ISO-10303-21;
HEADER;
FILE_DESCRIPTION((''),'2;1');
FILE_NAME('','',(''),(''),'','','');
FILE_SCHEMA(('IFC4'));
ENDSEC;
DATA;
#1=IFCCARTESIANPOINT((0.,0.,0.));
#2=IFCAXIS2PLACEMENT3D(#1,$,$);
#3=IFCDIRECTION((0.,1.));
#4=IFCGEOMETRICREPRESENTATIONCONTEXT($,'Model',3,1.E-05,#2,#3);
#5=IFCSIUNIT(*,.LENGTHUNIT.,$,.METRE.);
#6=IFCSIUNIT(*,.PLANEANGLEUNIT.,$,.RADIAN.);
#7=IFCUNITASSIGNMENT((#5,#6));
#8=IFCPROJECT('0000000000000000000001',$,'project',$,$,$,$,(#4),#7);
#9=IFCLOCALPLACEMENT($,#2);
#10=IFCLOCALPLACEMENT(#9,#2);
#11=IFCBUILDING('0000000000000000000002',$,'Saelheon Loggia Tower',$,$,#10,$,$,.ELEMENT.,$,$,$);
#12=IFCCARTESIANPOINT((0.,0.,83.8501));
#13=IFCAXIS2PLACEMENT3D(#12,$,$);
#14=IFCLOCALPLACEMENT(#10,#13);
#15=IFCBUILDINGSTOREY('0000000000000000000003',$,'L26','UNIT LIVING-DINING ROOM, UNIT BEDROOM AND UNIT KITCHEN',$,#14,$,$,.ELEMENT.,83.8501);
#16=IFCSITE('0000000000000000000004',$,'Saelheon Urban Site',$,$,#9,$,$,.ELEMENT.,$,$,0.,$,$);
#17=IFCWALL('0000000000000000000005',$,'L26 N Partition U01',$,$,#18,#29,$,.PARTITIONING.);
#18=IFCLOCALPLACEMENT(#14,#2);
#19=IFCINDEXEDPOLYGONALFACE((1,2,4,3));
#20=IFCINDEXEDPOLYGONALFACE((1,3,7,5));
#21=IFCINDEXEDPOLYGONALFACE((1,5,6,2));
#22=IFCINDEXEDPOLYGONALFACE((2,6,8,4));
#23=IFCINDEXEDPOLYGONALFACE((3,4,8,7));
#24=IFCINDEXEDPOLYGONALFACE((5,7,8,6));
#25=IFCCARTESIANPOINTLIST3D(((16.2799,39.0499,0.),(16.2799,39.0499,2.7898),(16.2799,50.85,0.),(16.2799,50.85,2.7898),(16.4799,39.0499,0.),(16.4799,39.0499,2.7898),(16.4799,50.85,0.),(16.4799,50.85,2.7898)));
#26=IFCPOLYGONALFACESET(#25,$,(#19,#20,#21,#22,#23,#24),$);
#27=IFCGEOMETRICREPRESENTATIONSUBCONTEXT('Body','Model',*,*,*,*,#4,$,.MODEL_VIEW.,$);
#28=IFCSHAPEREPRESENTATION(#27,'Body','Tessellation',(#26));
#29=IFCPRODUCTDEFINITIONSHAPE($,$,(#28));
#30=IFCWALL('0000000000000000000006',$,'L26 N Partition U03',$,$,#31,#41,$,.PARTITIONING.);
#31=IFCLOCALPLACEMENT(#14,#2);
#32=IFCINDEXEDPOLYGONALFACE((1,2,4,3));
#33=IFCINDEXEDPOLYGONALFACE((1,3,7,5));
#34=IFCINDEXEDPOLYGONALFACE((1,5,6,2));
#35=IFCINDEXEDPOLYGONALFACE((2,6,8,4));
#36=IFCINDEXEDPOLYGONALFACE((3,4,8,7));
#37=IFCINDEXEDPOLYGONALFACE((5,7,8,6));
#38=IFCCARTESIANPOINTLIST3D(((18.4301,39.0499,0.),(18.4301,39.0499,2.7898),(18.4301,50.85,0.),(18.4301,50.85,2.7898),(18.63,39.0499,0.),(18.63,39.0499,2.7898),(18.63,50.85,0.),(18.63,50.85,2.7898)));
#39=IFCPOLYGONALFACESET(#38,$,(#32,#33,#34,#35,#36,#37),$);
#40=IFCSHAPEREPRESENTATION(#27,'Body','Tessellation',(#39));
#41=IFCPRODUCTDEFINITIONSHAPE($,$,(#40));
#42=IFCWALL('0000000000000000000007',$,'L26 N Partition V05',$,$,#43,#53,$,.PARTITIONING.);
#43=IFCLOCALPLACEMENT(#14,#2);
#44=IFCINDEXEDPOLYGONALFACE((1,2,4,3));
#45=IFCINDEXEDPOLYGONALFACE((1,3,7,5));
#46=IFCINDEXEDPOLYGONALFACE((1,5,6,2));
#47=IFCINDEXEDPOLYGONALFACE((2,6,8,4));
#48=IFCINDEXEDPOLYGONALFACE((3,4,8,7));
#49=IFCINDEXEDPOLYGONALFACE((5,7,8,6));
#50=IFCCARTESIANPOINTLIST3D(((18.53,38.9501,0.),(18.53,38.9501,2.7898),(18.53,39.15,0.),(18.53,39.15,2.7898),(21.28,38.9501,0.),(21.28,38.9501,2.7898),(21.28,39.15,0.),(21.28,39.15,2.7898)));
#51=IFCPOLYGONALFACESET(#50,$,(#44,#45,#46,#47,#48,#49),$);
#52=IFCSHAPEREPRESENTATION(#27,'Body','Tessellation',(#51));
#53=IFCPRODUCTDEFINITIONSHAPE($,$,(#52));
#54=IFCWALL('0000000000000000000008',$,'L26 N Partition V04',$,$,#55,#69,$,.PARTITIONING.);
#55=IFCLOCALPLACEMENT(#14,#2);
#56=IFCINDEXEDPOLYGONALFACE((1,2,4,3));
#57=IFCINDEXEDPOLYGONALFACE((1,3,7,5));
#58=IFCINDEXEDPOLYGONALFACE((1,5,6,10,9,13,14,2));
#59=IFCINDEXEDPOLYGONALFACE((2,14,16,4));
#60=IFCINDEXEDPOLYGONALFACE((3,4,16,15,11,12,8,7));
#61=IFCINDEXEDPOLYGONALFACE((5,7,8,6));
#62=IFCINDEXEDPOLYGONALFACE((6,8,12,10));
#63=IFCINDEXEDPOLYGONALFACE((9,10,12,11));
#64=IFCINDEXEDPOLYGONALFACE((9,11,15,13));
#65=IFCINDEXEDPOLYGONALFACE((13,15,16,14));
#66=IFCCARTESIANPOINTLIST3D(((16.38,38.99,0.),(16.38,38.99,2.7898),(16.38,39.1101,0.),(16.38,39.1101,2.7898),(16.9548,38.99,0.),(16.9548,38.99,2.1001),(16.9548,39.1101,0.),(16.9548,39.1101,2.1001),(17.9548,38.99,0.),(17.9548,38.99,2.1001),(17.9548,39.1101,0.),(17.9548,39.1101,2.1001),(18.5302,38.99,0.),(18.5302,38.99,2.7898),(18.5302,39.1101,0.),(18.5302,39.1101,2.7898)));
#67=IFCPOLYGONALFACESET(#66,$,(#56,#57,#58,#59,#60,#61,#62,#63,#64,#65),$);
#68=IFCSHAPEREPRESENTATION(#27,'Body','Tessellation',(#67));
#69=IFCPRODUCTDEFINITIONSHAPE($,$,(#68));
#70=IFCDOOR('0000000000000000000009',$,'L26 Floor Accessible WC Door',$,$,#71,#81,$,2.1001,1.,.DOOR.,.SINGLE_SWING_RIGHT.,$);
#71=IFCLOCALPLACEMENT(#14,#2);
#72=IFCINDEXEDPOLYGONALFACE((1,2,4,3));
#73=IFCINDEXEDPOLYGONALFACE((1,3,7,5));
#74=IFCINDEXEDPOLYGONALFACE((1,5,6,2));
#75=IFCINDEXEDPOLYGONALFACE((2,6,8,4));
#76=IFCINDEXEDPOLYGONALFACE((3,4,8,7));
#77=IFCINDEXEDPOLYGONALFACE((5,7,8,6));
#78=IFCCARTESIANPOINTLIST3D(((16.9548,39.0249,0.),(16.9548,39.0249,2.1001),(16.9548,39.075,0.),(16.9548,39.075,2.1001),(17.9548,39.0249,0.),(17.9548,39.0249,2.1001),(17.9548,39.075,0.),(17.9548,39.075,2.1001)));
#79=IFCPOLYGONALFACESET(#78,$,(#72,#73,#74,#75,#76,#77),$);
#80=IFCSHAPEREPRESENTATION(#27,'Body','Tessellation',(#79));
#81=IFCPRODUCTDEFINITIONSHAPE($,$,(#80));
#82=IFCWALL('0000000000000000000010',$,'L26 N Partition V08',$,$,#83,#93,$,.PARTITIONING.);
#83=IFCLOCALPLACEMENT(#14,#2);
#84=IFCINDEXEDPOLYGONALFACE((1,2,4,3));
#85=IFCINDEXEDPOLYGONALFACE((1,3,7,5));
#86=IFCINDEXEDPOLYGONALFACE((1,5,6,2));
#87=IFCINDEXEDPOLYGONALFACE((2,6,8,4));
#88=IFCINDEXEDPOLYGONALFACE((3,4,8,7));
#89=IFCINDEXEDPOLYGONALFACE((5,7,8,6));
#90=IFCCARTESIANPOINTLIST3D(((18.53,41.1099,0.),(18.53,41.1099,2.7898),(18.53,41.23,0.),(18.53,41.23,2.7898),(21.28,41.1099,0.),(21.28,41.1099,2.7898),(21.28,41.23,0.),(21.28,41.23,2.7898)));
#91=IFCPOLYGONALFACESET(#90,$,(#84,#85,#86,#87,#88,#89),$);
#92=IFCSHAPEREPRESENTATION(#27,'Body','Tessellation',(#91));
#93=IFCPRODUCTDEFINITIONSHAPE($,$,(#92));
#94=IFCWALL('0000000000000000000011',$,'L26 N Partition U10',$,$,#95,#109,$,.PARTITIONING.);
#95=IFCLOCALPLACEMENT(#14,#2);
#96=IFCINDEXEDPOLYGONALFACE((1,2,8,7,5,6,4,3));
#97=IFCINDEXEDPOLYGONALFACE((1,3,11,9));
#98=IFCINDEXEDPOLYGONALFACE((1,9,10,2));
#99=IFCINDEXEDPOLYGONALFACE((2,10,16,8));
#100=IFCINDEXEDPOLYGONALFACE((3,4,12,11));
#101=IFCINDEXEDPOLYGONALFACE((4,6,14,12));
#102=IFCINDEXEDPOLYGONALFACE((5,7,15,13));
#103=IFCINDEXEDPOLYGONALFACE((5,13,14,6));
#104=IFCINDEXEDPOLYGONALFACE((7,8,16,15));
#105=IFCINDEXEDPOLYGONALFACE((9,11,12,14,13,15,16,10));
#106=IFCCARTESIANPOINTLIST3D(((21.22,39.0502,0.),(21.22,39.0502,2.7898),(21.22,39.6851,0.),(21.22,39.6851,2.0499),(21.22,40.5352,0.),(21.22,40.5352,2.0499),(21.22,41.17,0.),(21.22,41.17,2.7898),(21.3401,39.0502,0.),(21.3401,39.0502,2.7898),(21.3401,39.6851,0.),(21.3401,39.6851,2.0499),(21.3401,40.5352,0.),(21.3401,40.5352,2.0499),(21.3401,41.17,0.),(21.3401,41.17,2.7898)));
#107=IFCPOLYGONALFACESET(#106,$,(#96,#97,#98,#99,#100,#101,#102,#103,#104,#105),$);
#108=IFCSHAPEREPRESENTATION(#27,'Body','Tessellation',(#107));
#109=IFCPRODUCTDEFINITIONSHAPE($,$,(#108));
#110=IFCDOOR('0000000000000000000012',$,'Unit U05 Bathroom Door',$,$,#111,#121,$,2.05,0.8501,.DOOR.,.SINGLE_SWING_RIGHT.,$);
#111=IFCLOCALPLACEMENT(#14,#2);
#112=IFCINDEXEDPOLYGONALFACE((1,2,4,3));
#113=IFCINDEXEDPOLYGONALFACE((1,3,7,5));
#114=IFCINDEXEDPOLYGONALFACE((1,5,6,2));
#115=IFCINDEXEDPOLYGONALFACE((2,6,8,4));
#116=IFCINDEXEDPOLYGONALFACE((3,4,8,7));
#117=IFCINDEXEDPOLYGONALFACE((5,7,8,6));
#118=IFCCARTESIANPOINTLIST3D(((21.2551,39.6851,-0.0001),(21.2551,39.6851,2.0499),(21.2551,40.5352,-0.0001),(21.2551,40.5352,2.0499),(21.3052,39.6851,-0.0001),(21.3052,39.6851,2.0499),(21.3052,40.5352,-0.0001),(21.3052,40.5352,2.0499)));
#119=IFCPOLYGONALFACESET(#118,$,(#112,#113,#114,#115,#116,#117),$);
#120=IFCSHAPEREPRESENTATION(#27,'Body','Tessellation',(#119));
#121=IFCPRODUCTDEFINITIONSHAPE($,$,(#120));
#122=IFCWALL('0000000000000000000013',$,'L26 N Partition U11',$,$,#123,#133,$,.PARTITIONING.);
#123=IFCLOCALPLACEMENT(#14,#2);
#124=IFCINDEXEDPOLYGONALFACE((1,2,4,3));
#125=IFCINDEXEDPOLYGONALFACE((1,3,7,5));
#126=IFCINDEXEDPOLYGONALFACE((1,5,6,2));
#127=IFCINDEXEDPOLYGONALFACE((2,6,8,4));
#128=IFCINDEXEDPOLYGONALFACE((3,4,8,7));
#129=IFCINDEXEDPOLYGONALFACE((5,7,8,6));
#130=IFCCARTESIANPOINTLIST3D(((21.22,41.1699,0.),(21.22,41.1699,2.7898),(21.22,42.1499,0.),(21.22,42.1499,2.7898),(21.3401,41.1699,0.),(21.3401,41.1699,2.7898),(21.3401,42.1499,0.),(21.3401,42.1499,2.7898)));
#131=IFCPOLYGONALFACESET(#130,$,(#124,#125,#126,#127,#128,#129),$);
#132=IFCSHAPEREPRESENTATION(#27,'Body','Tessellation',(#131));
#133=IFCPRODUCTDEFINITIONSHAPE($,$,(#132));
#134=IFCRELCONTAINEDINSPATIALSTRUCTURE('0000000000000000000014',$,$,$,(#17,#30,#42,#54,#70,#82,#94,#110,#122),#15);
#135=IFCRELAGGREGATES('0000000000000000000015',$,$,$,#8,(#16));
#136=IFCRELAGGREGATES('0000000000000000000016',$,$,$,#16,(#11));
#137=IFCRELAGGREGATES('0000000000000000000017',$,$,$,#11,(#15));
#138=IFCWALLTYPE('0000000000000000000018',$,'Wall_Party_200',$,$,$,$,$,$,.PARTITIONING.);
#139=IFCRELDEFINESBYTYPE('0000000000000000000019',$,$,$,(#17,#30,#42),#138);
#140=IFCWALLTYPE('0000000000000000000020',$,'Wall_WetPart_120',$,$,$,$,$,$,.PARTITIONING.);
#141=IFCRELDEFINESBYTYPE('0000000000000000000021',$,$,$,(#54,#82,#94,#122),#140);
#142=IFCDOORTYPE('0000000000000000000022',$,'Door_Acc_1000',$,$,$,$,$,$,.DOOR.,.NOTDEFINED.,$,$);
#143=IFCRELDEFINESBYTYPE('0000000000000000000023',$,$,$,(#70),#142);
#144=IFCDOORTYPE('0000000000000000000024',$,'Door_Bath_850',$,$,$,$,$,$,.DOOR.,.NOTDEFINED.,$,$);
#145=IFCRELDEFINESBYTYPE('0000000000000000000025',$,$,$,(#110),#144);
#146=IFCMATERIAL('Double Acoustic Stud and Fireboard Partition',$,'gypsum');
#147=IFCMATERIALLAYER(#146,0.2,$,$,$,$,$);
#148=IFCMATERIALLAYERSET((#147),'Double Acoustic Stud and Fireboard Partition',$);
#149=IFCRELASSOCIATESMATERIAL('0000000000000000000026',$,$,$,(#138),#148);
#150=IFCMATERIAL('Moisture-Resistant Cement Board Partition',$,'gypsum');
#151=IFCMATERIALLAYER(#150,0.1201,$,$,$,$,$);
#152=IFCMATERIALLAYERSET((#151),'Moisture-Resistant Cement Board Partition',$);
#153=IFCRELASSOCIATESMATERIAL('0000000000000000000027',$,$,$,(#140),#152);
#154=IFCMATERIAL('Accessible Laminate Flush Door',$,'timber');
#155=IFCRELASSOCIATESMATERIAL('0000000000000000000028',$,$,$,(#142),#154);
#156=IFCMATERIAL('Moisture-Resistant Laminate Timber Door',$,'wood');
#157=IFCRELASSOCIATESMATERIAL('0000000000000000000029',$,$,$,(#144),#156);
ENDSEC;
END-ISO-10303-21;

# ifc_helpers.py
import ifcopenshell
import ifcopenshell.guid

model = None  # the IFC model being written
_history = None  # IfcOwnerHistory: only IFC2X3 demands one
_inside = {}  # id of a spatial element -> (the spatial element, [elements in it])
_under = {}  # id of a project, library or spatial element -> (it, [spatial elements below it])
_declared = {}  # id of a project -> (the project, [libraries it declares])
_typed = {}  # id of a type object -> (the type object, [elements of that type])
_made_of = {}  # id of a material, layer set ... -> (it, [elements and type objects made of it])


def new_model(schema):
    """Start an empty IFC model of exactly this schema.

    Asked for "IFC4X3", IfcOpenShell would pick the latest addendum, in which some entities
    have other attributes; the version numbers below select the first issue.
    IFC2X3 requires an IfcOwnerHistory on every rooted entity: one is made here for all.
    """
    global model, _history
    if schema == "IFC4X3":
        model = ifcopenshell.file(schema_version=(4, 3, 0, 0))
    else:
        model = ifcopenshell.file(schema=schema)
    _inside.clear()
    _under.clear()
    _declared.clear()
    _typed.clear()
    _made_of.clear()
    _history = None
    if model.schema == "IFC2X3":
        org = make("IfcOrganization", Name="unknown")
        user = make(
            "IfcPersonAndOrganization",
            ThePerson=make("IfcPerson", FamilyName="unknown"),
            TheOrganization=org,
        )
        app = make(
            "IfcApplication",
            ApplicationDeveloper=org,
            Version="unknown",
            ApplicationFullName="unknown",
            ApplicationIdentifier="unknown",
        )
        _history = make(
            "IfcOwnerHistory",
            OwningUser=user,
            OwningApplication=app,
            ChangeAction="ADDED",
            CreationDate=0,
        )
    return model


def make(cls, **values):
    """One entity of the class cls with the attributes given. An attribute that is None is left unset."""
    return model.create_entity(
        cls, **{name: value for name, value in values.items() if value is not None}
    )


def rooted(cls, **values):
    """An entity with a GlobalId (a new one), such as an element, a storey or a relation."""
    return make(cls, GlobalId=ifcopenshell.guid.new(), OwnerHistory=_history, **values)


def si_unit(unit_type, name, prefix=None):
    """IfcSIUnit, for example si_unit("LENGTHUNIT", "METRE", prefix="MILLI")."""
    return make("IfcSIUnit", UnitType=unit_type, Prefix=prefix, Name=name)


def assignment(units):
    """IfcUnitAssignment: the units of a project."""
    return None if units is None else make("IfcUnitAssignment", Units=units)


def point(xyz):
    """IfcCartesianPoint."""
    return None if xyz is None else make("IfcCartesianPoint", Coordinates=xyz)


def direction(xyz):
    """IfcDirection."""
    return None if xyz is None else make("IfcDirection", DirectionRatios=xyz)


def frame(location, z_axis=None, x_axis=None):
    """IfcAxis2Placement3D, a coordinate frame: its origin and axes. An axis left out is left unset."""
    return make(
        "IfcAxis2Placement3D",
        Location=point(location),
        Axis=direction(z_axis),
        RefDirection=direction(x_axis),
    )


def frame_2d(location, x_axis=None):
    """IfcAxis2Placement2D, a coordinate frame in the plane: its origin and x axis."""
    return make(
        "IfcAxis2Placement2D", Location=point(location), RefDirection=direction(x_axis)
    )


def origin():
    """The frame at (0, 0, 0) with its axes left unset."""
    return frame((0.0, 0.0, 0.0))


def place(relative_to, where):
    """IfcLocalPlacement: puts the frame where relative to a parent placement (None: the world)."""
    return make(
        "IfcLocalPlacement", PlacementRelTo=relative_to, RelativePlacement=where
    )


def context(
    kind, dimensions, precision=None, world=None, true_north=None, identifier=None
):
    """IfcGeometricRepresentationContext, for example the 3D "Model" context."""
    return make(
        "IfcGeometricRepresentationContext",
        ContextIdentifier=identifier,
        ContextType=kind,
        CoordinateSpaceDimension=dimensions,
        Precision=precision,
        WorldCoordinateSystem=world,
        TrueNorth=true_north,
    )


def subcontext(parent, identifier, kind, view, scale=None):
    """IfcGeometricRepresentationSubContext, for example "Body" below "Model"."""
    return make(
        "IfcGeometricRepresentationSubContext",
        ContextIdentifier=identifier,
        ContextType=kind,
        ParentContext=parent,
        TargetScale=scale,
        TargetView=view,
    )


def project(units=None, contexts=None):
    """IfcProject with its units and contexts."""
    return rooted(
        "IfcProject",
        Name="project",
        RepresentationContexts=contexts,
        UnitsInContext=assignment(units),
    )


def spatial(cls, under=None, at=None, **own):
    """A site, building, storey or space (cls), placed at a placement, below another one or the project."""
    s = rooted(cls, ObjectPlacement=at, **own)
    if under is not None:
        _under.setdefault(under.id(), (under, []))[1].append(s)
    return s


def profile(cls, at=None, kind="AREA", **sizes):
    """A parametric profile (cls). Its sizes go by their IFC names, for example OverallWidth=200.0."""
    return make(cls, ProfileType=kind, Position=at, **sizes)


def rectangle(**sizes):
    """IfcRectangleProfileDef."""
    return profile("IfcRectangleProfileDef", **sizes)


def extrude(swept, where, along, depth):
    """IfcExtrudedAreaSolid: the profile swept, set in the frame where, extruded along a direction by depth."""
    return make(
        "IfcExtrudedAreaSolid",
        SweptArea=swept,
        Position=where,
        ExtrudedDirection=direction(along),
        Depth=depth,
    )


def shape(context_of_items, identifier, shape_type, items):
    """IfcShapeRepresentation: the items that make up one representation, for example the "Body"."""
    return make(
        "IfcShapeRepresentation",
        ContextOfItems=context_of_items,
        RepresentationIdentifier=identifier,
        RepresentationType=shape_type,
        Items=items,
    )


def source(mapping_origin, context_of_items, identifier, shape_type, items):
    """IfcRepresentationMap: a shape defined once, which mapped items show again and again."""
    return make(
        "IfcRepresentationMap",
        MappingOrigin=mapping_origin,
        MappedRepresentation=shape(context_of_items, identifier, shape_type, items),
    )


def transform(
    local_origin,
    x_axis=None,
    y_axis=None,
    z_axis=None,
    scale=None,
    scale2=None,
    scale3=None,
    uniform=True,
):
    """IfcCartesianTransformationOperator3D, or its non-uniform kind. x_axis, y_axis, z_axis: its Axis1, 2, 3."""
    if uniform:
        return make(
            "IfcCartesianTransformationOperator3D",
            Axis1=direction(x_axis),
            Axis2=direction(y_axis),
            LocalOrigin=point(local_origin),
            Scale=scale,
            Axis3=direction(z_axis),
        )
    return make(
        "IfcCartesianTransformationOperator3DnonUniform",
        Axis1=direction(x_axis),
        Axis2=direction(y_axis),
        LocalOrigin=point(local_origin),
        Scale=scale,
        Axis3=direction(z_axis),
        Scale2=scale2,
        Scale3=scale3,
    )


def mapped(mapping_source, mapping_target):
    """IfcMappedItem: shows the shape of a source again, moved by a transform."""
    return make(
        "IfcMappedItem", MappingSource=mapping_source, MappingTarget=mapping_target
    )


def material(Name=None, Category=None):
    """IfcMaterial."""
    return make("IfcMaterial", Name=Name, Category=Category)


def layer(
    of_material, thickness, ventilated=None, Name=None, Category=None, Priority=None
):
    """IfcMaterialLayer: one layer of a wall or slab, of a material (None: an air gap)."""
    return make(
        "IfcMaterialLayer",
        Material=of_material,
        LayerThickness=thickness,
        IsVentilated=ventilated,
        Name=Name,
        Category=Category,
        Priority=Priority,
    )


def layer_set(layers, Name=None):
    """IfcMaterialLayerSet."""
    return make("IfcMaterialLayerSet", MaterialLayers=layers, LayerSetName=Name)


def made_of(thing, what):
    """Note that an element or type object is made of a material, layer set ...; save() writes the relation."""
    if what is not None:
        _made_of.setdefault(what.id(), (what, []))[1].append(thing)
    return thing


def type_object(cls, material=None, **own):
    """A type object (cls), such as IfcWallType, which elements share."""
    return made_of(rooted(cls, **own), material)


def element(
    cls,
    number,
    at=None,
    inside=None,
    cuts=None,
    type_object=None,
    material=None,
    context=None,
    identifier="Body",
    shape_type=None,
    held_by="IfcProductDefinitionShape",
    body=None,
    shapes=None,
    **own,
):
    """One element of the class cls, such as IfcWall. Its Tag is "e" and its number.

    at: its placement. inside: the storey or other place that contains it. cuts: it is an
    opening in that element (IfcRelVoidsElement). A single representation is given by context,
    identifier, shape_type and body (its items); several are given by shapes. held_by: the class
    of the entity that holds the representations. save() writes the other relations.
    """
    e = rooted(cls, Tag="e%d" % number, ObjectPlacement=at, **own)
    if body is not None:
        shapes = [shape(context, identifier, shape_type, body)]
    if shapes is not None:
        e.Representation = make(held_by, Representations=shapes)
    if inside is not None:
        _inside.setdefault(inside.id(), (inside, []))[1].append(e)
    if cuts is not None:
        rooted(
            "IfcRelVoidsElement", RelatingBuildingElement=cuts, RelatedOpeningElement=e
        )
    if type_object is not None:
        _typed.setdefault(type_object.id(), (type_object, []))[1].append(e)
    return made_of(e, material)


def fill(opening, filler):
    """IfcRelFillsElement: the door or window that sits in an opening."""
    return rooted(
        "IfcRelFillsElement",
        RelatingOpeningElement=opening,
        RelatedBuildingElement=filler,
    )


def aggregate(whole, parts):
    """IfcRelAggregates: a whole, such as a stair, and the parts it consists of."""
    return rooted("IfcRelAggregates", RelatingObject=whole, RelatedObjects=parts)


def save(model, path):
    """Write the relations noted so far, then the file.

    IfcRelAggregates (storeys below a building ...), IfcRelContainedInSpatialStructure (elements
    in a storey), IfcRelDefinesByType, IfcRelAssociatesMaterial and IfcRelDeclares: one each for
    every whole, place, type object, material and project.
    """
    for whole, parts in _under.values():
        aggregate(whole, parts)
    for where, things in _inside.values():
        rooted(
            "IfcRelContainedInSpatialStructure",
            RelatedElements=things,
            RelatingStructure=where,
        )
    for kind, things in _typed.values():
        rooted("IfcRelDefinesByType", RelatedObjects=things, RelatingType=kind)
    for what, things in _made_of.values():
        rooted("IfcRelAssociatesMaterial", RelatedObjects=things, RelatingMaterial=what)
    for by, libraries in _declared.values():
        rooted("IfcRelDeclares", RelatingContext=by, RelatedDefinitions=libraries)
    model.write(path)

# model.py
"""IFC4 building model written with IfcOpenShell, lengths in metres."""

from ifc_helpers import new_model, si_unit, direction, frame, frame_2d, origin, place, context, subcontext, project, spatial, rectangle, extrude, source, transform, mapped, material, layer, layer_set, type_object, element, fill, save


model = new_model("IFC4")

# Units and contexts
model_context = context("Model", 3, precision=1e-05, world=origin(), true_north=direction((0.0, 1.0)))
body_context = subcontext(model_context, "Body", "Model", "MODEL_VIEW")
ifc_project = project(units=[si_unit("LENGTHUNIT", "METRE"), si_unit("PLANEANGLEUNIT", "RADIAN")], contexts=[model_context])

# Site, building, storey
site_placement = place(None, origin())
site = spatial("IfcSite", under=ifc_project, at=site_placement, Name="Saelheon Urban Site", CompositionType="ELEMENT", RefElevation=0.0)
building_placement = place(site_placement, origin())
building = spatial("IfcBuilding", under=site, at=building_placement, Name="Saelheon Loggia Tower", CompositionType="ELEMENT")
storey_placement = place(building_placement, frame((0.0, 0.0, 83.8501)))
storey = spatial("IfcBuildingStorey", under=building, at=storey_placement, Name="L26", Description="UNIT LIVING-DINING ROOM, UNIT BEDROOM AND UNIT KITCHEN", CompositionType="ELEMENT", Elevation=83.8501)

# Walls
ifc_material_1 = material(Name="Double Acoustic Stud and Fireboard Partition", Category="gypsum")
ifc_layer_1 = layer(ifc_material_1, 0.2)
ifc_layer_set_1 = layer_set([ifc_layer_1], Name="Double Acoustic Stud and Fireboard Partition")
wall_type_1 = type_object("IfcWallType", Name="Wall_Party_200", PredefinedType="PARTITIONING", material=ifc_layer_set_1)
for number, where, z_axis, x_axis, name in (
    (1, (16.3799, 39.05, 0.0), (0.0, 0.0, 1.0), (0.0, 1.0, 0.0), "L26 N Partition U01"),
    (2, (18.53, 39.05, 0.0), (0.0, 0.0, 1.0), (0.0, 1.0, 0.0), "L26 N Partition U03"),
):
    element("IfcWall", number, at=place(storey_placement, frame(where, z_axis=z_axis, x_axis=x_axis)), inside=storey, type_object=wall_type_1, Name=name, PredefinedType="PARTITIONING", context=body_context, shape_type="SweptSolid", body=[
        extrude(rectangle(XDim=11.8, YDim=0.2, at=frame_2d((5.8999, 0.0))), origin(), (0.0, 0.0, 1.0), 2.7898),
    ])
wall_1_placement = place(storey_placement, frame((18.53, 39.05, 0.0), z_axis=(0.0, 0.0, 1.0), x_axis=(1.0, 0.0, 0.0)))
element("IfcWall", 3, at=wall_1_placement, inside=storey, type_object=wall_type_1, Name="L26 N Partition V05", PredefinedType="PARTITIONING", context=body_context, shape_type="SweptSolid", body=[
    extrude(rectangle(XDim=2.75, YDim=0.2, at=frame_2d((1.375, 0.0))), origin(), (0.0, 0.0, 1.0), 2.7898),
])

# Wall, opening, door
ifc_material_2 = material(Name="Moisture-Resistant Cement Board Partition", Category="gypsum")
ifc_layer_2 = layer(ifc_material_2, 0.1201)
ifc_layer_set_2 = layer_set([ifc_layer_2], Name="Moisture-Resistant Cement Board Partition")
wall_type_2 = type_object("IfcWallType", Name="Wall_WetPart_120", PredefinedType="PARTITIONING", material=ifc_layer_set_2)
wall_2_placement = place(storey_placement, frame((16.3799, 39.05, 0.0), z_axis=(0.0, 0.0, 1.0), x_axis=(1.0, 0.0, 0.0)))
wall_2 = element("IfcWall", 4, at=wall_2_placement, inside=storey, type_object=wall_type_2, Name="L26 N Partition V04", PredefinedType="PARTITIONING", context=body_context, shape_type="SweptSolid", body=[
    extrude(rectangle(XDim=2.1501, YDim=0.1201, at=frame_2d((1.0752, 0.0))), origin(), (0.0, 0.0, 1.0), 2.7898),
])
opening_1_placement = place(wall_2_placement, frame((0.575, 0.0, 0.0)))
opening_1 = element("IfcOpeningElement", 5, at=opening_1_placement, cuts=wall_2, PredefinedType="OPENING", context=body_context, shape_type="SweptSolid", body=[
    extrude(rectangle(XDim=1.0, YDim=2.1001, at=frame_2d((0.5, 1.05))), frame((0.0, 0.072, 0.0), z_axis=(0.0, -1.0, 0.0), x_axis=(1.0, 0.0, 0.0)), (0.0, 0.0, 1.0), 0.144),
])
ifc_material_3 = material(Name="Accessible Laminate Flush Door", Category="timber")
door_type_1 = type_object("IfcDoorType", Name="Door_Acc_1000", OperationType="NOTDEFINED", PredefinedType="DOOR", material=ifc_material_3)
shared_shape_1 = source(origin(), body_context, "Body", "SweptSolid", [
    extrude(rectangle(XDim=1.0, YDim=2.1001, at=frame_2d((0.5, 1.05))), frame((0.0, 0.0249, 0.0), z_axis=(0.0, -1.0, 0.0), x_axis=(1.0, 0.0, 0.0)), (0.0, 0.0, 1.0), 0.05),
])
door_1_placement = place(opening_1_placement, origin())
door_1 = element("IfcDoor", 6, at=door_1_placement, inside=storey, type_object=door_type_1, Name="L26 Floor Accessible WC Door", OperationType="SINGLE_SWING_RIGHT", OverallHeight=2.1001, OverallWidth=1.0, PredefinedType="DOOR", context=body_context, shape_type="MappedRepresentation", body=[
    mapped(shared_shape_1, transform((0.0, 0.0, 0.0), scale=1.0)),
])
fill(opening_1, door_1)

# Wall
wall_3_placement = place(storey_placement, frame((18.53, 41.1699, 0.0), z_axis=(0.0, 0.0, 1.0), x_axis=(1.0, 0.0, 0.0)))
element("IfcWall", 7, at=wall_3_placement, inside=storey, type_object=wall_type_2, Name="L26 N Partition V08", PredefinedType="PARTITIONING", context=body_context, shape_type="SweptSolid", body=[
    extrude(rectangle(XDim=2.75, YDim=0.1201, at=frame_2d((1.375, 0.0))), origin(), (0.0, 0.0, 1.0), 2.7898),
])

# Wall, opening, door
wall_4_placement = place(storey_placement, frame((21.28, 39.05, 0.0), z_axis=(0.0, 0.0, 1.0), x_axis=(0.0, 1.0, 0.0)))
wall_4 = element("IfcWall", 8, at=wall_4_placement, inside=storey, type_object=wall_type_2, Name="L26 N Partition U10", PredefinedType="PARTITIONING", context=body_context, shape_type="SweptSolid", body=[
    extrude(rectangle(XDim=2.1199, YDim=0.1201, at=frame_2d((1.0601, 0.0))), origin(), (0.0, 0.0, 1.0), 2.7898),
])
opening_2_placement = place(wall_4_placement, frame((0.635, 0.0, 0.0)))
opening_2 = element("IfcOpeningElement", 9, at=opening_2_placement, cuts=wall_4, PredefinedType="OPENING", context=body_context, shape_type="SweptSolid", body=[
    extrude(rectangle(XDim=0.8501, YDim=2.05, at=frame_2d((0.425, 1.0249))), frame((0.0, 0.072, 0.0), z_axis=(0.0, -1.0, 0.0), x_axis=(1.0, 0.0, 0.0)), (0.0, 0.0, 1.0), 0.144),
])
ifc_material_4 = material(Name="Moisture-Resistant Laminate Timber Door", Category="wood")
door_type_2 = type_object("IfcDoorType", Name="Door_Bath_850", OperationType="NOTDEFINED", PredefinedType="DOOR", material=ifc_material_4)
shared_shape_2 = source(origin(), body_context, "Body", "SweptSolid", [
    extrude(rectangle(XDim=0.8501, YDim=2.05, at=frame_2d((0.425, 1.0249))), frame((0.0, 0.0249, 0.0), z_axis=(0.0, -1.0, 0.0), x_axis=(1.0, 0.0, 0.0)), (0.0, 0.0, 1.0), 0.05),
])
door_2_placement = place(opening_2_placement, origin())
door_2 = element("IfcDoor", 10, at=door_2_placement, inside=storey, type_object=door_type_2, Name="Unit U05 Bathroom Door", OperationType="SINGLE_SWING_RIGHT", OverallHeight=2.05, OverallWidth=0.8501, PredefinedType="DOOR", context=body_context, shape_type="MappedRepresentation", body=[
    mapped(shared_shape_2, transform((0.0, 0.0, 0.0), scale=1.0)),
])
fill(opening_2, door_2)

# Wall
wall_5_placement = place(storey_placement, frame((21.28, 41.1699, 0.0), z_axis=(0.0, 0.0, 1.0), x_axis=(0.0, 1.0, 0.0)))
element("IfcWall", 11, at=wall_5_placement, inside=storey, type_object=wall_type_2, Name="L26 N Partition U11", PredefinedType="PARTITIONING", context=body_context, shape_type="SweptSolid", body=[
    extrude(rectangle(XDim=0.98, YDim=0.1201, at=frame_2d((0.49, 0.0))), origin(), (0.0, 0.0, 1.0), 2.7898),
])

save(model, "model.ifc")
